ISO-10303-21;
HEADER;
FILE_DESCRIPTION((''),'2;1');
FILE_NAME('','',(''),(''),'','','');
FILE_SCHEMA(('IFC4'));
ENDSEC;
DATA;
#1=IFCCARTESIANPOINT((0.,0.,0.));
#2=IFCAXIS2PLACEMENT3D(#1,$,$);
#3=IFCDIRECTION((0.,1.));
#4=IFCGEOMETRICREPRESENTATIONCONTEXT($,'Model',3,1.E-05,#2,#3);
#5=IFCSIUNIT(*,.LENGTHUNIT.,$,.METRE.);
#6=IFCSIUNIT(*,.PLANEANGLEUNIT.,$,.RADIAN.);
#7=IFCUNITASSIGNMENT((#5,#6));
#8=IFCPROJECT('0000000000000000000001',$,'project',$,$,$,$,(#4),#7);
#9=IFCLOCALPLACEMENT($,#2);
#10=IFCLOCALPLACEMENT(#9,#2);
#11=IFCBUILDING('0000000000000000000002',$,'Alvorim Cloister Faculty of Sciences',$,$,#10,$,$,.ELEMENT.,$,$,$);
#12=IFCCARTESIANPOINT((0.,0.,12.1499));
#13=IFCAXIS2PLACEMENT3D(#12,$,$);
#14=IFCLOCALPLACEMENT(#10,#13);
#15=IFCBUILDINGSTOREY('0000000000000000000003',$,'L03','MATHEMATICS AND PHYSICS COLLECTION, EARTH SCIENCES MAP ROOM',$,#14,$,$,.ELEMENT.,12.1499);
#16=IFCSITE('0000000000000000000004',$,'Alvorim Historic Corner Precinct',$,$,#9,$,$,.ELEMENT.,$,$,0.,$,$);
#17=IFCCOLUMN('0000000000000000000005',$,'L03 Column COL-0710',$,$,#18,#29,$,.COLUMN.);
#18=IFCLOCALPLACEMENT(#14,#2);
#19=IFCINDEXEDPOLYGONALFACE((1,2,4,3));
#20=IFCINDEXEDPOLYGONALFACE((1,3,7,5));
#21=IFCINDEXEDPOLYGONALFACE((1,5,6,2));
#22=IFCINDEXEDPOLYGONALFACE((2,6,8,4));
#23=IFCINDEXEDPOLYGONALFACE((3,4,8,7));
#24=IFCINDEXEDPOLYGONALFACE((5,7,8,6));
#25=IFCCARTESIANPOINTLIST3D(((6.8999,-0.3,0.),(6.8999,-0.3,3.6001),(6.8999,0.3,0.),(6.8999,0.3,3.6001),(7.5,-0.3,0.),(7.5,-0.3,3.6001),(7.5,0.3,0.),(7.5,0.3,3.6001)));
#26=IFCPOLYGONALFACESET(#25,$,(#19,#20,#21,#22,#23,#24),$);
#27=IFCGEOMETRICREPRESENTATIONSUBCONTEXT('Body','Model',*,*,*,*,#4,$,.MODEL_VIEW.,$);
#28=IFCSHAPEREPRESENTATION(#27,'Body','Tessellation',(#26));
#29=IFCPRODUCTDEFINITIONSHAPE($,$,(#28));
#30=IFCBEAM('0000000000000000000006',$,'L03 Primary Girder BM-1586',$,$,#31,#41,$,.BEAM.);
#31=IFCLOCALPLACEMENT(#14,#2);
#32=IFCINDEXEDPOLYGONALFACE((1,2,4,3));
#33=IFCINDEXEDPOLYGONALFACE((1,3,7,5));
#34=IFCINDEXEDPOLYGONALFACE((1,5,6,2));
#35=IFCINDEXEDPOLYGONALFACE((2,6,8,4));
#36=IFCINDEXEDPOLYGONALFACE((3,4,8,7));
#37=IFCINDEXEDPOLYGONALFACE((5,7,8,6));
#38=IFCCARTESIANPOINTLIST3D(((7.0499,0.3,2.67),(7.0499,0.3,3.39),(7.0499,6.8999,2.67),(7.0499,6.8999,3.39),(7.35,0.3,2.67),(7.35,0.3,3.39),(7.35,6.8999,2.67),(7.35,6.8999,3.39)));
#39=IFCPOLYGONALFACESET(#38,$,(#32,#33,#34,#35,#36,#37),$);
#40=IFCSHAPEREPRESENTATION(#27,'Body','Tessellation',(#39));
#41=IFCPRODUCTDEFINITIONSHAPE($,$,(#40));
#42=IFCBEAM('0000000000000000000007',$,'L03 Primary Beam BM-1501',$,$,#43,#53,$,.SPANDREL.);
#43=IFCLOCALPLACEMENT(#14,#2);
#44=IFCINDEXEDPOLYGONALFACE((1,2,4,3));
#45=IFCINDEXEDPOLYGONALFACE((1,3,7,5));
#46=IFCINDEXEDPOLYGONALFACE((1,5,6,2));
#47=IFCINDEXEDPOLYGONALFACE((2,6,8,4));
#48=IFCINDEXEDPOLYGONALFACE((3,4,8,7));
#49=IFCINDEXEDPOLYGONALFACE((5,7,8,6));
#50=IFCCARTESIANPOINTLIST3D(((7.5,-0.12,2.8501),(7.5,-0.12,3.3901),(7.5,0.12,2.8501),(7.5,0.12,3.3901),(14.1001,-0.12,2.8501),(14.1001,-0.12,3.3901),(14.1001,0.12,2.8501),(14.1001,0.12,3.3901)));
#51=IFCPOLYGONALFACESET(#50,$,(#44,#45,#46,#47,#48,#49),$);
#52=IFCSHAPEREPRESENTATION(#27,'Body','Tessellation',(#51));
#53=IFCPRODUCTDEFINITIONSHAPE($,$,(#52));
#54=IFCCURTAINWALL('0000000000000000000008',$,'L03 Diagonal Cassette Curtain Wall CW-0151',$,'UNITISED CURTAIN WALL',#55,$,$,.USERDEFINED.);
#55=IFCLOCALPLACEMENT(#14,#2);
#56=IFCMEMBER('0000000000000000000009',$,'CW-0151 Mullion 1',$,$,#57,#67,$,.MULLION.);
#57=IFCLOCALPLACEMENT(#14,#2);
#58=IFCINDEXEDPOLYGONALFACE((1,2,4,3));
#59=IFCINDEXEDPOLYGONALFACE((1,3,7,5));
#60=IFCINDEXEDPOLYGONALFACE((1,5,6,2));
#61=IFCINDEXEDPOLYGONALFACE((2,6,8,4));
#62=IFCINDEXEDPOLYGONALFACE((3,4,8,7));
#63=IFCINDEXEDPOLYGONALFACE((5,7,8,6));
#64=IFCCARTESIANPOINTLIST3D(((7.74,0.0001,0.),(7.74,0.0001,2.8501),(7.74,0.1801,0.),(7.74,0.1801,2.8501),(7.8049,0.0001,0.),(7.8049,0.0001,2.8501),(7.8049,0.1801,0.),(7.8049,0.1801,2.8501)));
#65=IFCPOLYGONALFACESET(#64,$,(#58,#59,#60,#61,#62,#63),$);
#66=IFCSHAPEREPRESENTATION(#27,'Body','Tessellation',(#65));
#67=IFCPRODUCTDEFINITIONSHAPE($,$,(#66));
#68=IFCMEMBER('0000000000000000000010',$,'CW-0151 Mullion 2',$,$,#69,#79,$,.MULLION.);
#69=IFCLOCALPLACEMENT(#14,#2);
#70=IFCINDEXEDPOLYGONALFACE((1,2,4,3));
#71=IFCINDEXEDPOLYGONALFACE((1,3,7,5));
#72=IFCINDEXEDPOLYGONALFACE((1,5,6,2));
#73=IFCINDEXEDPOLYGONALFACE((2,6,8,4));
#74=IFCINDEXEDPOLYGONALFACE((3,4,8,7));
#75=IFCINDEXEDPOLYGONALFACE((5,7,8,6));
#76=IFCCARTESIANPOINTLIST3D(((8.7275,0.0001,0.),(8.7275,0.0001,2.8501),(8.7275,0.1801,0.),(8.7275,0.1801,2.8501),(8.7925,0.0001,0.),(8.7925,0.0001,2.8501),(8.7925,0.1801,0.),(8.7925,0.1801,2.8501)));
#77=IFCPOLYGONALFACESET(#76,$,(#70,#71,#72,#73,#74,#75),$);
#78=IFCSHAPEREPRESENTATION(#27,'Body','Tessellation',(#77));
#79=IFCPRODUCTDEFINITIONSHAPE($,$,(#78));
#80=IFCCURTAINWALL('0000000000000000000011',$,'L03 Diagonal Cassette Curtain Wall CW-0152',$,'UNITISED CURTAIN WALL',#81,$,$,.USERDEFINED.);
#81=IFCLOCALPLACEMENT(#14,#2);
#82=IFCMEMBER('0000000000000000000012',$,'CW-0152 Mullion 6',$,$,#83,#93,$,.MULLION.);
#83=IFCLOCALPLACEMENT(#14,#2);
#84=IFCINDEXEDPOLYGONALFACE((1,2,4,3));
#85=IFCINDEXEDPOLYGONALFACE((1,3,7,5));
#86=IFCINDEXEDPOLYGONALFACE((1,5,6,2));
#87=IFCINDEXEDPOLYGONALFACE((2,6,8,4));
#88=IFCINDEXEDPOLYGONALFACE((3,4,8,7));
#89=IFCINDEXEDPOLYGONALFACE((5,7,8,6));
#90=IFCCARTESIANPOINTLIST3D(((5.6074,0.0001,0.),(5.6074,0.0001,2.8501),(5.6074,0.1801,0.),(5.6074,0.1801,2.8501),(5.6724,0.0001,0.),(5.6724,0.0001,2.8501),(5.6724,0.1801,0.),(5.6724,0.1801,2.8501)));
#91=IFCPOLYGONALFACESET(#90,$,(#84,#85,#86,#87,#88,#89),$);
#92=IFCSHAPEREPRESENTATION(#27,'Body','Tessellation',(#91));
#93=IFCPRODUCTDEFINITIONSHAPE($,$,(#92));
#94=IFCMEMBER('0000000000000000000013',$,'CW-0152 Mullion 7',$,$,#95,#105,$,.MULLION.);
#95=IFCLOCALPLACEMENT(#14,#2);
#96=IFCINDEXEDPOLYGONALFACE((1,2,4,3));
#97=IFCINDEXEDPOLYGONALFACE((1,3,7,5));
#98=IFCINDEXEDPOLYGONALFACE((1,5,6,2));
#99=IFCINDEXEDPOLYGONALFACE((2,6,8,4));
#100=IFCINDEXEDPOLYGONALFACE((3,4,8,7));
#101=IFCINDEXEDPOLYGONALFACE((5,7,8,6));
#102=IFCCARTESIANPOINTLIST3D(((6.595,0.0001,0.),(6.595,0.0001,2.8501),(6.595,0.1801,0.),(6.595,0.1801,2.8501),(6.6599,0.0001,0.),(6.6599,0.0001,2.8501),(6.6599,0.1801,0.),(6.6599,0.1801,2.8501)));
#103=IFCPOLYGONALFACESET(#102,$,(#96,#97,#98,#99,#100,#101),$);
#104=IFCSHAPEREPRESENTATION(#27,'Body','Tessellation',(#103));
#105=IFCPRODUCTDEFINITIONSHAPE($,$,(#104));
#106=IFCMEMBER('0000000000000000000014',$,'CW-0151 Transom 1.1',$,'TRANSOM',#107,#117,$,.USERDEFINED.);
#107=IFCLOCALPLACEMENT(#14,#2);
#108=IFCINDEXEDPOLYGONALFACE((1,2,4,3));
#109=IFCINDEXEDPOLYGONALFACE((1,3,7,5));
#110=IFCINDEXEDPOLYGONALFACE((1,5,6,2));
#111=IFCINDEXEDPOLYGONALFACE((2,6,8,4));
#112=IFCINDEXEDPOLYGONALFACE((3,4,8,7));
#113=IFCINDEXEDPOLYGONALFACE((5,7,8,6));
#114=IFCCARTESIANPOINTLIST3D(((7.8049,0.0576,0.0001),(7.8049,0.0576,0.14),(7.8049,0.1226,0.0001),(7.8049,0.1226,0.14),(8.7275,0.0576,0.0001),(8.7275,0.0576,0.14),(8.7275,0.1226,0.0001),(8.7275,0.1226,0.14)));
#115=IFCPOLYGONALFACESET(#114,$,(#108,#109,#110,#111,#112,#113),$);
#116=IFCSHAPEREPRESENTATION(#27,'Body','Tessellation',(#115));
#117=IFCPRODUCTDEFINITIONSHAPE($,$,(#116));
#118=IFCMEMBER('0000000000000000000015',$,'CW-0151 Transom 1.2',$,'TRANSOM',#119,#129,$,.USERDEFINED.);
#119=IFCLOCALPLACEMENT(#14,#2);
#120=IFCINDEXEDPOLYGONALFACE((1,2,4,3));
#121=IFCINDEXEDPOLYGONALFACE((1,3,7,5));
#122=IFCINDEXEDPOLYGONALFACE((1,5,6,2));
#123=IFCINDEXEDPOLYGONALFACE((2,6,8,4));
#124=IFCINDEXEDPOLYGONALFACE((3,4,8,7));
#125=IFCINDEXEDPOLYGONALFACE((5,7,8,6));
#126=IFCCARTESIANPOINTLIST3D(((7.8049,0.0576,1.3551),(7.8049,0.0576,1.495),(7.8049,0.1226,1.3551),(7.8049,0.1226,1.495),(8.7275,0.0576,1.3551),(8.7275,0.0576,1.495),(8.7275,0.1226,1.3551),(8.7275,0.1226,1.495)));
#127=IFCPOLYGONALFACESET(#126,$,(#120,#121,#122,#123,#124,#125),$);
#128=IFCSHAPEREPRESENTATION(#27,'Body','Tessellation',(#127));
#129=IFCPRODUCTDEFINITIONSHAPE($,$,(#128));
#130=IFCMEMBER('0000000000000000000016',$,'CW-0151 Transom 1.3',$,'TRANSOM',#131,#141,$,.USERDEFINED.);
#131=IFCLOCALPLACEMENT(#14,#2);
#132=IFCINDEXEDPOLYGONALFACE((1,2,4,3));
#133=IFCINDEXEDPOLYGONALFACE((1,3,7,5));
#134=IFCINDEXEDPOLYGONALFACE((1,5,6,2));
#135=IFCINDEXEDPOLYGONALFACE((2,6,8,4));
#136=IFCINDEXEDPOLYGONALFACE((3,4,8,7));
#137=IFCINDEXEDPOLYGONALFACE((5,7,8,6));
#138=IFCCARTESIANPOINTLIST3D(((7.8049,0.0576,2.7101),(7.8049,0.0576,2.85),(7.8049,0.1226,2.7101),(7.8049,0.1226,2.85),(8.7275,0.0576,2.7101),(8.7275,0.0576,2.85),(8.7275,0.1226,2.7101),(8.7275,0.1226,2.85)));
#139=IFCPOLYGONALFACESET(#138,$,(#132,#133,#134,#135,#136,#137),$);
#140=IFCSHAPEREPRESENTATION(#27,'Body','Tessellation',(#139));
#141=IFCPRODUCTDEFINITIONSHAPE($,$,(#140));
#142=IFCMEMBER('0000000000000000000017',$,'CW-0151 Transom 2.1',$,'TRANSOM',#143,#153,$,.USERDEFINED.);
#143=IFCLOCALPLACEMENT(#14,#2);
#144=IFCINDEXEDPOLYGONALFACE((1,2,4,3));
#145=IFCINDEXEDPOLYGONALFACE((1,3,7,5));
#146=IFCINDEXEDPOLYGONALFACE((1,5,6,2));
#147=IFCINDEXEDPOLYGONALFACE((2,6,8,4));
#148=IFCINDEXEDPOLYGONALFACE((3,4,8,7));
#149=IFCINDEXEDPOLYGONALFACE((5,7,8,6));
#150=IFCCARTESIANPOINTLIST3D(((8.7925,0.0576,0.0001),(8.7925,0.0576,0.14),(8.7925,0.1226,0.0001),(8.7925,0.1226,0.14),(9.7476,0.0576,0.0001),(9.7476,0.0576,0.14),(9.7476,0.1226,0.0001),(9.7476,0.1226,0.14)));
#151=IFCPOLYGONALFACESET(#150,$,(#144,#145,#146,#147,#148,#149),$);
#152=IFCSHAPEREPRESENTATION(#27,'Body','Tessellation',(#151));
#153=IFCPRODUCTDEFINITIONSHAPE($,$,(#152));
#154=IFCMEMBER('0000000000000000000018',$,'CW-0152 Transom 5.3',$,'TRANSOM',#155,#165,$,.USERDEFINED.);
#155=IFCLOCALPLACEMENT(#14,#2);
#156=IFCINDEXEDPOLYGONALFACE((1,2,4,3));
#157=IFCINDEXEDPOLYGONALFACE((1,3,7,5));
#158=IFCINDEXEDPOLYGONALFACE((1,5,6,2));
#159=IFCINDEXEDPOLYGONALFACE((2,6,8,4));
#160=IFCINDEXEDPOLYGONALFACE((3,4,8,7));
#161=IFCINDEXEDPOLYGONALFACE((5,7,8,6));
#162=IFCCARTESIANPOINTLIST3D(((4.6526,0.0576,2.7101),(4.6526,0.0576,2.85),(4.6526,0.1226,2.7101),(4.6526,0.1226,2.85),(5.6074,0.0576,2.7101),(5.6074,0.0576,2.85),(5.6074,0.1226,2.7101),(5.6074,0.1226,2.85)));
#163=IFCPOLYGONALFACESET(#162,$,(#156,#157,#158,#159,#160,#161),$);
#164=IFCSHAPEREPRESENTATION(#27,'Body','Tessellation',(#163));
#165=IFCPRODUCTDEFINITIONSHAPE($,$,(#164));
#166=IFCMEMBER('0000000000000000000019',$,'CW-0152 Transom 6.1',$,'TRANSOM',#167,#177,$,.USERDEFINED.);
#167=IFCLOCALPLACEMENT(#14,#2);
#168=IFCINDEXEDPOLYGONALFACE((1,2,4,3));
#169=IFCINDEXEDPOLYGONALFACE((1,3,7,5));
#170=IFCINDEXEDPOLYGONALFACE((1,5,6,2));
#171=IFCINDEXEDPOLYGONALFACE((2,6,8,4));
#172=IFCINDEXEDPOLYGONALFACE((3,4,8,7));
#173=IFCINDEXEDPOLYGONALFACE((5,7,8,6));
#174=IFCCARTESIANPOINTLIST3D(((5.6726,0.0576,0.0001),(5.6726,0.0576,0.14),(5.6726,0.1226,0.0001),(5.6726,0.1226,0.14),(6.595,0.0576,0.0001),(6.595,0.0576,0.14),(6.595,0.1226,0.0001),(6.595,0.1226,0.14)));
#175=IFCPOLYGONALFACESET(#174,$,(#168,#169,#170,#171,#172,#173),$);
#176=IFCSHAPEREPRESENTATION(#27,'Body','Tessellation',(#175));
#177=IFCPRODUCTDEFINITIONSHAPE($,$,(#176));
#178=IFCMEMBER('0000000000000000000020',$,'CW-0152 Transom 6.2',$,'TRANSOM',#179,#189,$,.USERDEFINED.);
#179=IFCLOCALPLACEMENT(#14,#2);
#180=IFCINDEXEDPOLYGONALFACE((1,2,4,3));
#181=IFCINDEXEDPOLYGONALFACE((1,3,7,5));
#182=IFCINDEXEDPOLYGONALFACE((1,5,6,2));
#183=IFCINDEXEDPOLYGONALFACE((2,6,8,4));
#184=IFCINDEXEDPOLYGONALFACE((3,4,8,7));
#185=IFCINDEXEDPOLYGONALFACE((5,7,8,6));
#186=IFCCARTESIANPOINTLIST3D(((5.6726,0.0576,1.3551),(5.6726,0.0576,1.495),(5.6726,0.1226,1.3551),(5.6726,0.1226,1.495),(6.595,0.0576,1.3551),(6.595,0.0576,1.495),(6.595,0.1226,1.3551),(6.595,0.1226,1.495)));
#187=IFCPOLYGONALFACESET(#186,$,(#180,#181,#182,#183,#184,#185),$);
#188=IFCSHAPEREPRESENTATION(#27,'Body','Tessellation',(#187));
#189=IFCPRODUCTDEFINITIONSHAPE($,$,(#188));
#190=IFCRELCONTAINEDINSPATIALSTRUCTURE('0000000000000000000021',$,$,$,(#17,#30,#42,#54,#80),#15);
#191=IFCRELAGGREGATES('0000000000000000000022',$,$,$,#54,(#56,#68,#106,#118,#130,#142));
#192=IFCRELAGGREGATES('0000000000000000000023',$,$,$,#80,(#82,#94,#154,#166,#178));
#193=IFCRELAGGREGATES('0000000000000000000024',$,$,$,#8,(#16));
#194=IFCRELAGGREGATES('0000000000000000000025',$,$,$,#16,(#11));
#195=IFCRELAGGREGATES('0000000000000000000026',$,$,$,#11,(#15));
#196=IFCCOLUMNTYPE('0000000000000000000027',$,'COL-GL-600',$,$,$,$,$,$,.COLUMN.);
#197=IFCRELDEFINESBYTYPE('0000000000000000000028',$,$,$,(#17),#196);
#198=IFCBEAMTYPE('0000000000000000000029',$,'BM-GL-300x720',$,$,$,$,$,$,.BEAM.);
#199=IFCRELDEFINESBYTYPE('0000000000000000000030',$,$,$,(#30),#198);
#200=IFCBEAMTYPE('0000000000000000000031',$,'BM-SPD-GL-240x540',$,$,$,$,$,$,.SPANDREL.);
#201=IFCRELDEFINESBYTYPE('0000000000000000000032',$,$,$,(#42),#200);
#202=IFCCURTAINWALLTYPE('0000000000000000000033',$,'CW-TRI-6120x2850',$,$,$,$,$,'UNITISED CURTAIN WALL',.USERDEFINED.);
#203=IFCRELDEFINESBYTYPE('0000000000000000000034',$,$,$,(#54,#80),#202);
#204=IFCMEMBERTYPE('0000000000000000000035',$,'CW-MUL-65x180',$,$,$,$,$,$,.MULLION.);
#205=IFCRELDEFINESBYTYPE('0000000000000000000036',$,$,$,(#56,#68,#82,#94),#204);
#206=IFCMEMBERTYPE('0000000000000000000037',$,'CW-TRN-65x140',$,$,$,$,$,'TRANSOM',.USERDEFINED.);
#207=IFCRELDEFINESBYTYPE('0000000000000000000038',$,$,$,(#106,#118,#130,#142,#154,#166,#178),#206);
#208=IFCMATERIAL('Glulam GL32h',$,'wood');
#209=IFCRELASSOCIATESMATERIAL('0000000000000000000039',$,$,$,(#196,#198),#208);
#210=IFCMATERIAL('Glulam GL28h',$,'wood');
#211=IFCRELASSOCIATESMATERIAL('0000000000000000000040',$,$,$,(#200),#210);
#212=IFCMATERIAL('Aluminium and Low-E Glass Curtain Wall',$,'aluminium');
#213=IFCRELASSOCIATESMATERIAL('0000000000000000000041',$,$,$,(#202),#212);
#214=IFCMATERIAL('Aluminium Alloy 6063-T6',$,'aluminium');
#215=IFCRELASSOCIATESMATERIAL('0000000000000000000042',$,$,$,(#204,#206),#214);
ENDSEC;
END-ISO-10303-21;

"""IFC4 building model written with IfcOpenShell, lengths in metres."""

from ifc_helpers import new_model, si_unit, direction, frame, origin, origin_2d, place, context, subcontext, project, spatial, rectangle, extrude, material, material_profile, profile_set, type_object, element, aggregate, save


model = new_model("IFC4")

# Units and contexts
model_context = context("Model", 3, precision=1e-05, world=origin(), true_north=direction((0.0, 1.0)))
body_context = subcontext(model_context, "Body", "Model", "MODEL_VIEW")
ifc_project = project(units=[si_unit("LENGTHUNIT", "METRE"), si_unit("PLANEANGLEUNIT", "RADIAN")], contexts=[model_context])

# Site, building, storey
site_placement = place(None, origin())
site = spatial("IfcSite", under=ifc_project, at=site_placement, Name="Alvorim Historic Corner Precinct", CompositionType="ELEMENT", RefElevation=0.0)
building_placement = place(site_placement, origin())
building = spatial("IfcBuilding", under=site, at=building_placement, Name="Alvorim Cloister Faculty of Sciences", CompositionType="ELEMENT")
storey_placement = place(building_placement, frame((0.0, 0.0, 12.1499)))
storey = spatial("IfcBuildingStorey", under=building, at=storey_placement, Name="L03", Description="MATHEMATICS AND PHYSICS COLLECTION, EARTH SCIENCES MAP ROOM", CompositionType="ELEMENT", Elevation=12.1499)

# Column
ifc_material_1 = material(Name="Glulam GL32h", Category="wood")
ifc_material_profile_1 = material_profile(ifc_material_1, rectangle(XDim=0.6001, YDim=0.6001, at=origin_2d()), Name="GL32-COL-600x600")
ifc_profile_set_1 = profile_set([ifc_material_profile_1], Name="Glulam GL32h")
column_type = type_object("IfcColumnType", Name="COL-GL-600", PredefinedType="COLUMN", material=ifc_profile_set_1)
column_placement = place(storey_placement, frame((7.2, 0.0, 0.0), z_axis=(0.0, 0.0, 1.0), x_axis=(1.0, 0.0, 0.0)))
element("IfcColumn", 1, at=column_placement, inside=storey, type_object=column_type, Name="L03 Column COL-0710", PredefinedType="COLUMN", context=body_context, shape_type="SweptSolid", body=[
    extrude(rectangle(XDim=0.6001, YDim=0.6001, at=origin_2d()), origin(), (0.0, 0.0, 1.0), 3.6001),
])

# Beams
ifc_material_profile_2 = material_profile(ifc_material_1, rectangle(XDim=0.3, YDim=0.72, at=origin_2d()), Name="GL32-BM-300x720")
ifc_profile_set_2 = profile_set([ifc_material_profile_2], Name="Glulam GL32h")
beam_type_1 = type_object("IfcBeamType", Name="BM-GL-300x720", PredefinedType="BEAM", material=ifc_profile_set_2)
beam_1_placement = place(storey_placement, frame((7.2, 0.3, 3.03), z_axis=(0.0, 1.0, 0.0), x_axis=(-1.0, 0.0, 0.0)))
element("IfcBeam", 2, at=beam_1_placement, inside=storey, type_object=beam_type_1, Name="L03 Primary Girder BM-1586", PredefinedType="BEAM", context=body_context, shape_type="SweptSolid", body=[
    extrude(rectangle(XDim=0.3, YDim=0.72, at=origin_2d()), origin(), (0.0, 0.0, 1.0), 6.5999),
])
ifc_material_2 = material(Name="Glulam GL28h", Category="wood")
ifc_material_profile_3 = material_profile(ifc_material_2, rectangle(XDim=0.24, YDim=0.54, at=origin_2d()), Name="GL28-SPD-240x540")
ifc_profile_set_3 = profile_set([ifc_material_profile_3], Name="Glulam GL28h")
beam_type_2 = type_object("IfcBeamType", Name="BM-SPD-GL-240x540", PredefinedType="SPANDREL", material=ifc_profile_set_3)
beam_2_placement = place(storey_placement, frame((7.5, 0.0, 3.1201), z_axis=(1.0, 0.0, 0.0), x_axis=(0.0, 1.0, 0.0)))
element("IfcBeam", 3, at=beam_2_placement, inside=storey, type_object=beam_type_2, Name="L03 Primary Beam BM-1501", PredefinedType="SPANDREL", context=body_context, shape_type="SweptSolid", body=[
    extrude(rectangle(XDim=0.24, YDim=0.54, at=origin_2d()), origin(), (0.0, 0.0, 1.0), 6.6001),
])

# Curtain walls, members
ifc_material_3 = material(Name="Aluminium and Low-E Glass Curtain Wall", Category="aluminium")
curtain_wall_type = type_object("IfcCurtainWallType", Name="CW-TRI-6120x2850", ElementType="UNITISED CURTAIN WALL", PredefinedType="USERDEFINED", material=ifc_material_3)
curtain_wall_1_placement = place(storey_placement, origin())
curtain_wall_1 = element("IfcCurtainWall", 4, at=curtain_wall_1_placement, inside=storey, type_object=curtain_wall_type, Name="L03 Diagonal Cassette Curtain Wall CW-0151", ObjectType="UNITISED CURTAIN WALL", PredefinedType="USERDEFINED")
ifc_material_4 = material(Name="Aluminium Alloy 6063-T6", Category="aluminium")
ifc_material_profile_4 = material_profile(ifc_material_4, rectangle(XDim=0.0649, YDim=0.1799, at=origin_2d()), Name="ALU-MUL-65x180")
ifc_profile_set_4 = profile_set([ifc_material_profile_4], Name="Aluminium Alloy 6063-T6")
member_type_1 = type_object("IfcMemberType", Name="CW-MUL-65x180", PredefinedType="MULLION", material=ifc_profile_set_4)
member_1_placement = place(storey_placement, frame((7.7725, 0.0901, 0.0), z_axis=(0.0, 0.0, 1.0), x_axis=(1.0, 0.0, 0.0)))
member_1 = element("IfcMember", 5, at=member_1_placement, type_object=member_type_1, Name="CW-0151 Mullion 1", PredefinedType="MULLION", context=body_context, shape_type="SweptSolid", body=[
    extrude(rectangle(XDim=0.0649, YDim=0.1799, at=origin_2d()), origin(), (0.0, 0.0, 1.0), 2.8501),
])
member_2_placement = place(storey_placement, frame((8.76, 0.0901, 0.0), z_axis=(0.0, 0.0, 1.0), x_axis=(1.0, 0.0, 0.0)))
member_2 = element("IfcMember", 6, at=member_2_placement, type_object=member_type_1, Name="CW-0151 Mullion 2", PredefinedType="MULLION", context=body_context, shape_type="SweptSolid", body=[
    extrude(rectangle(XDim=0.0649, YDim=0.1799, at=origin_2d()), origin(), (0.0, 0.0, 1.0), 2.8501),
])
curtain_wall_2_placement = place(storey_placement, origin())
curtain_wall_2 = element("IfcCurtainWall", 7, at=curtain_wall_2_placement, inside=storey, type_object=curtain_wall_type, Name="L03 Diagonal Cassette Curtain Wall CW-0152", ObjectType="UNITISED CURTAIN WALL", PredefinedType="USERDEFINED")
member_3_placement = place(storey_placement, frame((5.6399, 0.0901, 0.0), z_axis=(0.0, 0.0, 1.0), x_axis=(1.0, 0.0, 0.0)))
member_3 = element("IfcMember", 8, at=member_3_placement, type_object=member_type_1, Name="CW-0152 Mullion 6", PredefinedType="MULLION", context=body_context, shape_type="SweptSolid", body=[
    extrude(rectangle(XDim=0.0649, YDim=0.1799, at=origin_2d()), origin(), (0.0, 0.0, 1.0), 2.8501),
])
member_4_placement = place(storey_placement, frame((6.6274, 0.0901, 0.0), z_axis=(0.0, 0.0, 1.0), x_axis=(1.0, 0.0, 0.0)))
member_4 = element("IfcMember", 9, at=member_4_placement, type_object=member_type_1, Name="CW-0152 Mullion 7", PredefinedType="MULLION", context=body_context, shape_type="SweptSolid", body=[
    extrude(rectangle(XDim=0.0649, YDim=0.1799, at=origin_2d()), origin(), (0.0, 0.0, 1.0), 2.8501),
])

# Members
ifc_material_profile_5 = material_profile(ifc_material_4, rectangle(XDim=0.0649, YDim=0.1399, at=origin_2d()), Name="ALU-TRN-65x140")
ifc_profile_set_5 = profile_set([ifc_material_profile_5], Name="Aluminium Alloy 6063-T6")
member_type_2 = type_object("IfcMemberType", Name="CW-TRN-65x140", ElementType="TRANSOM", PredefinedType="USERDEFINED", material=ifc_profile_set_5)
member_5_placement = place(storey_placement, frame((7.8049, 0.0901, 0.0701), z_axis=(1.0, 0.0, 0.0), x_axis=(0.0, 1.0, 0.0)))
member_5 = element("IfcMember", 10, at=member_5_placement, type_object=member_type_2, Name="CW-0151 Transom 1.1", ObjectType="TRANSOM", PredefinedType="USERDEFINED", context=body_context, shape_type="SweptSolid", body=[
    extrude(rectangle(XDim=0.0649, YDim=0.1399, at=origin_2d()), origin(), (0.0, 0.0, 1.0), 0.9226),
])
member_6_placement = place(storey_placement, frame((7.8049, 0.0901, 1.425), z_axis=(1.0, 0.0, 0.0), x_axis=(0.0, 1.0, 0.0)))
member_6 = element("IfcMember", 11, at=member_6_placement, type_object=member_type_2, Name="CW-0151 Transom 1.2", ObjectType="TRANSOM", PredefinedType="USERDEFINED", context=body_context, shape_type="SweptSolid", body=[
    extrude(rectangle(XDim=0.0649, YDim=0.1399, at=origin_2d()), origin(), (0.0, 0.0, 1.0), 0.9226),
])
member_7_placement = place(storey_placement, frame((7.8049, 0.0901, 2.78), z_axis=(1.0, 0.0, 0.0), x_axis=(0.0, 1.0, 0.0)))
member_7 = element("IfcMember", 12, at=member_7_placement, type_object=member_type_2, Name="CW-0151 Transom 1.3", ObjectType="TRANSOM", PredefinedType="USERDEFINED", context=body_context, shape_type="SweptSolid", body=[
    extrude(rectangle(XDim=0.0649, YDim=0.1399, at=origin_2d()), origin(), (0.0, 0.0, 1.0), 0.9226),
])
member_8_placement = place(storey_placement, frame((8.7925, 0.0901, 0.0701), z_axis=(1.0, 0.0, 0.0), x_axis=(0.0, 1.0, 0.0)))
member_8 = element("IfcMember", 13, at=member_8_placement, type_object=member_type_2, Name="CW-0151 Transom 2.1", ObjectType="TRANSOM", PredefinedType="USERDEFINED", context=body_context, shape_type="SweptSolid", body=[
    extrude(rectangle(XDim=0.0649, YDim=0.1399, at=origin_2d()), origin(), (0.0, 0.0, 1.0), 0.9551),
])
member_9_placement = place(storey_placement, frame((4.6526, 0.0901, 2.78), z_axis=(1.0, 0.0, 0.0), x_axis=(0.0, 1.0, 0.0)))
member_9 = element("IfcMember", 14, at=member_9_placement, type_object=member_type_2, Name="CW-0152 Transom 5.3", ObjectType="TRANSOM", PredefinedType="USERDEFINED", context=body_context, shape_type="SweptSolid", body=[
    extrude(rectangle(XDim=0.0649, YDim=0.1399, at=origin_2d()), origin(), (0.0, 0.0, 1.0), 0.9548),
])
member_10_placement = place(storey_placement, frame((5.6726, 0.0901, 0.0701), z_axis=(1.0, 0.0, 0.0), x_axis=(0.0, 1.0, 0.0)))
member_10 = element("IfcMember", 15, at=member_10_placement, type_object=member_type_2, Name="CW-0152 Transom 6.1", ObjectType="TRANSOM", PredefinedType="USERDEFINED", context=body_context, shape_type="SweptSolid", body=[
    extrude(rectangle(XDim=0.0649, YDim=0.1399, at=origin_2d()), origin(), (0.0, 0.0, 1.0), 0.9224),
])
member_11_placement = place(storey_placement, frame((5.6726, 0.0901, 1.425), z_axis=(1.0, 0.0, 0.0), x_axis=(0.0, 1.0, 0.0)))
member_11 = element("IfcMember", 16, at=member_11_placement, type_object=member_type_2, Name="CW-0152 Transom 6.2", ObjectType="TRANSOM", PredefinedType="USERDEFINED", context=body_context, shape_type="SweptSolid", body=[
    extrude(rectangle(XDim=0.0649, YDim=0.1399, at=origin_2d()), origin(), (0.0, 0.0, 1.0), 0.9224),
])

aggregate(curtain_wall_1, [member_1, member_2, member_5, member_6, member_7, member_8])
aggregate(curtain_wall_2, [member_3, member_4, member_9, member_10, member_11])

save(model, "model.ifc")
